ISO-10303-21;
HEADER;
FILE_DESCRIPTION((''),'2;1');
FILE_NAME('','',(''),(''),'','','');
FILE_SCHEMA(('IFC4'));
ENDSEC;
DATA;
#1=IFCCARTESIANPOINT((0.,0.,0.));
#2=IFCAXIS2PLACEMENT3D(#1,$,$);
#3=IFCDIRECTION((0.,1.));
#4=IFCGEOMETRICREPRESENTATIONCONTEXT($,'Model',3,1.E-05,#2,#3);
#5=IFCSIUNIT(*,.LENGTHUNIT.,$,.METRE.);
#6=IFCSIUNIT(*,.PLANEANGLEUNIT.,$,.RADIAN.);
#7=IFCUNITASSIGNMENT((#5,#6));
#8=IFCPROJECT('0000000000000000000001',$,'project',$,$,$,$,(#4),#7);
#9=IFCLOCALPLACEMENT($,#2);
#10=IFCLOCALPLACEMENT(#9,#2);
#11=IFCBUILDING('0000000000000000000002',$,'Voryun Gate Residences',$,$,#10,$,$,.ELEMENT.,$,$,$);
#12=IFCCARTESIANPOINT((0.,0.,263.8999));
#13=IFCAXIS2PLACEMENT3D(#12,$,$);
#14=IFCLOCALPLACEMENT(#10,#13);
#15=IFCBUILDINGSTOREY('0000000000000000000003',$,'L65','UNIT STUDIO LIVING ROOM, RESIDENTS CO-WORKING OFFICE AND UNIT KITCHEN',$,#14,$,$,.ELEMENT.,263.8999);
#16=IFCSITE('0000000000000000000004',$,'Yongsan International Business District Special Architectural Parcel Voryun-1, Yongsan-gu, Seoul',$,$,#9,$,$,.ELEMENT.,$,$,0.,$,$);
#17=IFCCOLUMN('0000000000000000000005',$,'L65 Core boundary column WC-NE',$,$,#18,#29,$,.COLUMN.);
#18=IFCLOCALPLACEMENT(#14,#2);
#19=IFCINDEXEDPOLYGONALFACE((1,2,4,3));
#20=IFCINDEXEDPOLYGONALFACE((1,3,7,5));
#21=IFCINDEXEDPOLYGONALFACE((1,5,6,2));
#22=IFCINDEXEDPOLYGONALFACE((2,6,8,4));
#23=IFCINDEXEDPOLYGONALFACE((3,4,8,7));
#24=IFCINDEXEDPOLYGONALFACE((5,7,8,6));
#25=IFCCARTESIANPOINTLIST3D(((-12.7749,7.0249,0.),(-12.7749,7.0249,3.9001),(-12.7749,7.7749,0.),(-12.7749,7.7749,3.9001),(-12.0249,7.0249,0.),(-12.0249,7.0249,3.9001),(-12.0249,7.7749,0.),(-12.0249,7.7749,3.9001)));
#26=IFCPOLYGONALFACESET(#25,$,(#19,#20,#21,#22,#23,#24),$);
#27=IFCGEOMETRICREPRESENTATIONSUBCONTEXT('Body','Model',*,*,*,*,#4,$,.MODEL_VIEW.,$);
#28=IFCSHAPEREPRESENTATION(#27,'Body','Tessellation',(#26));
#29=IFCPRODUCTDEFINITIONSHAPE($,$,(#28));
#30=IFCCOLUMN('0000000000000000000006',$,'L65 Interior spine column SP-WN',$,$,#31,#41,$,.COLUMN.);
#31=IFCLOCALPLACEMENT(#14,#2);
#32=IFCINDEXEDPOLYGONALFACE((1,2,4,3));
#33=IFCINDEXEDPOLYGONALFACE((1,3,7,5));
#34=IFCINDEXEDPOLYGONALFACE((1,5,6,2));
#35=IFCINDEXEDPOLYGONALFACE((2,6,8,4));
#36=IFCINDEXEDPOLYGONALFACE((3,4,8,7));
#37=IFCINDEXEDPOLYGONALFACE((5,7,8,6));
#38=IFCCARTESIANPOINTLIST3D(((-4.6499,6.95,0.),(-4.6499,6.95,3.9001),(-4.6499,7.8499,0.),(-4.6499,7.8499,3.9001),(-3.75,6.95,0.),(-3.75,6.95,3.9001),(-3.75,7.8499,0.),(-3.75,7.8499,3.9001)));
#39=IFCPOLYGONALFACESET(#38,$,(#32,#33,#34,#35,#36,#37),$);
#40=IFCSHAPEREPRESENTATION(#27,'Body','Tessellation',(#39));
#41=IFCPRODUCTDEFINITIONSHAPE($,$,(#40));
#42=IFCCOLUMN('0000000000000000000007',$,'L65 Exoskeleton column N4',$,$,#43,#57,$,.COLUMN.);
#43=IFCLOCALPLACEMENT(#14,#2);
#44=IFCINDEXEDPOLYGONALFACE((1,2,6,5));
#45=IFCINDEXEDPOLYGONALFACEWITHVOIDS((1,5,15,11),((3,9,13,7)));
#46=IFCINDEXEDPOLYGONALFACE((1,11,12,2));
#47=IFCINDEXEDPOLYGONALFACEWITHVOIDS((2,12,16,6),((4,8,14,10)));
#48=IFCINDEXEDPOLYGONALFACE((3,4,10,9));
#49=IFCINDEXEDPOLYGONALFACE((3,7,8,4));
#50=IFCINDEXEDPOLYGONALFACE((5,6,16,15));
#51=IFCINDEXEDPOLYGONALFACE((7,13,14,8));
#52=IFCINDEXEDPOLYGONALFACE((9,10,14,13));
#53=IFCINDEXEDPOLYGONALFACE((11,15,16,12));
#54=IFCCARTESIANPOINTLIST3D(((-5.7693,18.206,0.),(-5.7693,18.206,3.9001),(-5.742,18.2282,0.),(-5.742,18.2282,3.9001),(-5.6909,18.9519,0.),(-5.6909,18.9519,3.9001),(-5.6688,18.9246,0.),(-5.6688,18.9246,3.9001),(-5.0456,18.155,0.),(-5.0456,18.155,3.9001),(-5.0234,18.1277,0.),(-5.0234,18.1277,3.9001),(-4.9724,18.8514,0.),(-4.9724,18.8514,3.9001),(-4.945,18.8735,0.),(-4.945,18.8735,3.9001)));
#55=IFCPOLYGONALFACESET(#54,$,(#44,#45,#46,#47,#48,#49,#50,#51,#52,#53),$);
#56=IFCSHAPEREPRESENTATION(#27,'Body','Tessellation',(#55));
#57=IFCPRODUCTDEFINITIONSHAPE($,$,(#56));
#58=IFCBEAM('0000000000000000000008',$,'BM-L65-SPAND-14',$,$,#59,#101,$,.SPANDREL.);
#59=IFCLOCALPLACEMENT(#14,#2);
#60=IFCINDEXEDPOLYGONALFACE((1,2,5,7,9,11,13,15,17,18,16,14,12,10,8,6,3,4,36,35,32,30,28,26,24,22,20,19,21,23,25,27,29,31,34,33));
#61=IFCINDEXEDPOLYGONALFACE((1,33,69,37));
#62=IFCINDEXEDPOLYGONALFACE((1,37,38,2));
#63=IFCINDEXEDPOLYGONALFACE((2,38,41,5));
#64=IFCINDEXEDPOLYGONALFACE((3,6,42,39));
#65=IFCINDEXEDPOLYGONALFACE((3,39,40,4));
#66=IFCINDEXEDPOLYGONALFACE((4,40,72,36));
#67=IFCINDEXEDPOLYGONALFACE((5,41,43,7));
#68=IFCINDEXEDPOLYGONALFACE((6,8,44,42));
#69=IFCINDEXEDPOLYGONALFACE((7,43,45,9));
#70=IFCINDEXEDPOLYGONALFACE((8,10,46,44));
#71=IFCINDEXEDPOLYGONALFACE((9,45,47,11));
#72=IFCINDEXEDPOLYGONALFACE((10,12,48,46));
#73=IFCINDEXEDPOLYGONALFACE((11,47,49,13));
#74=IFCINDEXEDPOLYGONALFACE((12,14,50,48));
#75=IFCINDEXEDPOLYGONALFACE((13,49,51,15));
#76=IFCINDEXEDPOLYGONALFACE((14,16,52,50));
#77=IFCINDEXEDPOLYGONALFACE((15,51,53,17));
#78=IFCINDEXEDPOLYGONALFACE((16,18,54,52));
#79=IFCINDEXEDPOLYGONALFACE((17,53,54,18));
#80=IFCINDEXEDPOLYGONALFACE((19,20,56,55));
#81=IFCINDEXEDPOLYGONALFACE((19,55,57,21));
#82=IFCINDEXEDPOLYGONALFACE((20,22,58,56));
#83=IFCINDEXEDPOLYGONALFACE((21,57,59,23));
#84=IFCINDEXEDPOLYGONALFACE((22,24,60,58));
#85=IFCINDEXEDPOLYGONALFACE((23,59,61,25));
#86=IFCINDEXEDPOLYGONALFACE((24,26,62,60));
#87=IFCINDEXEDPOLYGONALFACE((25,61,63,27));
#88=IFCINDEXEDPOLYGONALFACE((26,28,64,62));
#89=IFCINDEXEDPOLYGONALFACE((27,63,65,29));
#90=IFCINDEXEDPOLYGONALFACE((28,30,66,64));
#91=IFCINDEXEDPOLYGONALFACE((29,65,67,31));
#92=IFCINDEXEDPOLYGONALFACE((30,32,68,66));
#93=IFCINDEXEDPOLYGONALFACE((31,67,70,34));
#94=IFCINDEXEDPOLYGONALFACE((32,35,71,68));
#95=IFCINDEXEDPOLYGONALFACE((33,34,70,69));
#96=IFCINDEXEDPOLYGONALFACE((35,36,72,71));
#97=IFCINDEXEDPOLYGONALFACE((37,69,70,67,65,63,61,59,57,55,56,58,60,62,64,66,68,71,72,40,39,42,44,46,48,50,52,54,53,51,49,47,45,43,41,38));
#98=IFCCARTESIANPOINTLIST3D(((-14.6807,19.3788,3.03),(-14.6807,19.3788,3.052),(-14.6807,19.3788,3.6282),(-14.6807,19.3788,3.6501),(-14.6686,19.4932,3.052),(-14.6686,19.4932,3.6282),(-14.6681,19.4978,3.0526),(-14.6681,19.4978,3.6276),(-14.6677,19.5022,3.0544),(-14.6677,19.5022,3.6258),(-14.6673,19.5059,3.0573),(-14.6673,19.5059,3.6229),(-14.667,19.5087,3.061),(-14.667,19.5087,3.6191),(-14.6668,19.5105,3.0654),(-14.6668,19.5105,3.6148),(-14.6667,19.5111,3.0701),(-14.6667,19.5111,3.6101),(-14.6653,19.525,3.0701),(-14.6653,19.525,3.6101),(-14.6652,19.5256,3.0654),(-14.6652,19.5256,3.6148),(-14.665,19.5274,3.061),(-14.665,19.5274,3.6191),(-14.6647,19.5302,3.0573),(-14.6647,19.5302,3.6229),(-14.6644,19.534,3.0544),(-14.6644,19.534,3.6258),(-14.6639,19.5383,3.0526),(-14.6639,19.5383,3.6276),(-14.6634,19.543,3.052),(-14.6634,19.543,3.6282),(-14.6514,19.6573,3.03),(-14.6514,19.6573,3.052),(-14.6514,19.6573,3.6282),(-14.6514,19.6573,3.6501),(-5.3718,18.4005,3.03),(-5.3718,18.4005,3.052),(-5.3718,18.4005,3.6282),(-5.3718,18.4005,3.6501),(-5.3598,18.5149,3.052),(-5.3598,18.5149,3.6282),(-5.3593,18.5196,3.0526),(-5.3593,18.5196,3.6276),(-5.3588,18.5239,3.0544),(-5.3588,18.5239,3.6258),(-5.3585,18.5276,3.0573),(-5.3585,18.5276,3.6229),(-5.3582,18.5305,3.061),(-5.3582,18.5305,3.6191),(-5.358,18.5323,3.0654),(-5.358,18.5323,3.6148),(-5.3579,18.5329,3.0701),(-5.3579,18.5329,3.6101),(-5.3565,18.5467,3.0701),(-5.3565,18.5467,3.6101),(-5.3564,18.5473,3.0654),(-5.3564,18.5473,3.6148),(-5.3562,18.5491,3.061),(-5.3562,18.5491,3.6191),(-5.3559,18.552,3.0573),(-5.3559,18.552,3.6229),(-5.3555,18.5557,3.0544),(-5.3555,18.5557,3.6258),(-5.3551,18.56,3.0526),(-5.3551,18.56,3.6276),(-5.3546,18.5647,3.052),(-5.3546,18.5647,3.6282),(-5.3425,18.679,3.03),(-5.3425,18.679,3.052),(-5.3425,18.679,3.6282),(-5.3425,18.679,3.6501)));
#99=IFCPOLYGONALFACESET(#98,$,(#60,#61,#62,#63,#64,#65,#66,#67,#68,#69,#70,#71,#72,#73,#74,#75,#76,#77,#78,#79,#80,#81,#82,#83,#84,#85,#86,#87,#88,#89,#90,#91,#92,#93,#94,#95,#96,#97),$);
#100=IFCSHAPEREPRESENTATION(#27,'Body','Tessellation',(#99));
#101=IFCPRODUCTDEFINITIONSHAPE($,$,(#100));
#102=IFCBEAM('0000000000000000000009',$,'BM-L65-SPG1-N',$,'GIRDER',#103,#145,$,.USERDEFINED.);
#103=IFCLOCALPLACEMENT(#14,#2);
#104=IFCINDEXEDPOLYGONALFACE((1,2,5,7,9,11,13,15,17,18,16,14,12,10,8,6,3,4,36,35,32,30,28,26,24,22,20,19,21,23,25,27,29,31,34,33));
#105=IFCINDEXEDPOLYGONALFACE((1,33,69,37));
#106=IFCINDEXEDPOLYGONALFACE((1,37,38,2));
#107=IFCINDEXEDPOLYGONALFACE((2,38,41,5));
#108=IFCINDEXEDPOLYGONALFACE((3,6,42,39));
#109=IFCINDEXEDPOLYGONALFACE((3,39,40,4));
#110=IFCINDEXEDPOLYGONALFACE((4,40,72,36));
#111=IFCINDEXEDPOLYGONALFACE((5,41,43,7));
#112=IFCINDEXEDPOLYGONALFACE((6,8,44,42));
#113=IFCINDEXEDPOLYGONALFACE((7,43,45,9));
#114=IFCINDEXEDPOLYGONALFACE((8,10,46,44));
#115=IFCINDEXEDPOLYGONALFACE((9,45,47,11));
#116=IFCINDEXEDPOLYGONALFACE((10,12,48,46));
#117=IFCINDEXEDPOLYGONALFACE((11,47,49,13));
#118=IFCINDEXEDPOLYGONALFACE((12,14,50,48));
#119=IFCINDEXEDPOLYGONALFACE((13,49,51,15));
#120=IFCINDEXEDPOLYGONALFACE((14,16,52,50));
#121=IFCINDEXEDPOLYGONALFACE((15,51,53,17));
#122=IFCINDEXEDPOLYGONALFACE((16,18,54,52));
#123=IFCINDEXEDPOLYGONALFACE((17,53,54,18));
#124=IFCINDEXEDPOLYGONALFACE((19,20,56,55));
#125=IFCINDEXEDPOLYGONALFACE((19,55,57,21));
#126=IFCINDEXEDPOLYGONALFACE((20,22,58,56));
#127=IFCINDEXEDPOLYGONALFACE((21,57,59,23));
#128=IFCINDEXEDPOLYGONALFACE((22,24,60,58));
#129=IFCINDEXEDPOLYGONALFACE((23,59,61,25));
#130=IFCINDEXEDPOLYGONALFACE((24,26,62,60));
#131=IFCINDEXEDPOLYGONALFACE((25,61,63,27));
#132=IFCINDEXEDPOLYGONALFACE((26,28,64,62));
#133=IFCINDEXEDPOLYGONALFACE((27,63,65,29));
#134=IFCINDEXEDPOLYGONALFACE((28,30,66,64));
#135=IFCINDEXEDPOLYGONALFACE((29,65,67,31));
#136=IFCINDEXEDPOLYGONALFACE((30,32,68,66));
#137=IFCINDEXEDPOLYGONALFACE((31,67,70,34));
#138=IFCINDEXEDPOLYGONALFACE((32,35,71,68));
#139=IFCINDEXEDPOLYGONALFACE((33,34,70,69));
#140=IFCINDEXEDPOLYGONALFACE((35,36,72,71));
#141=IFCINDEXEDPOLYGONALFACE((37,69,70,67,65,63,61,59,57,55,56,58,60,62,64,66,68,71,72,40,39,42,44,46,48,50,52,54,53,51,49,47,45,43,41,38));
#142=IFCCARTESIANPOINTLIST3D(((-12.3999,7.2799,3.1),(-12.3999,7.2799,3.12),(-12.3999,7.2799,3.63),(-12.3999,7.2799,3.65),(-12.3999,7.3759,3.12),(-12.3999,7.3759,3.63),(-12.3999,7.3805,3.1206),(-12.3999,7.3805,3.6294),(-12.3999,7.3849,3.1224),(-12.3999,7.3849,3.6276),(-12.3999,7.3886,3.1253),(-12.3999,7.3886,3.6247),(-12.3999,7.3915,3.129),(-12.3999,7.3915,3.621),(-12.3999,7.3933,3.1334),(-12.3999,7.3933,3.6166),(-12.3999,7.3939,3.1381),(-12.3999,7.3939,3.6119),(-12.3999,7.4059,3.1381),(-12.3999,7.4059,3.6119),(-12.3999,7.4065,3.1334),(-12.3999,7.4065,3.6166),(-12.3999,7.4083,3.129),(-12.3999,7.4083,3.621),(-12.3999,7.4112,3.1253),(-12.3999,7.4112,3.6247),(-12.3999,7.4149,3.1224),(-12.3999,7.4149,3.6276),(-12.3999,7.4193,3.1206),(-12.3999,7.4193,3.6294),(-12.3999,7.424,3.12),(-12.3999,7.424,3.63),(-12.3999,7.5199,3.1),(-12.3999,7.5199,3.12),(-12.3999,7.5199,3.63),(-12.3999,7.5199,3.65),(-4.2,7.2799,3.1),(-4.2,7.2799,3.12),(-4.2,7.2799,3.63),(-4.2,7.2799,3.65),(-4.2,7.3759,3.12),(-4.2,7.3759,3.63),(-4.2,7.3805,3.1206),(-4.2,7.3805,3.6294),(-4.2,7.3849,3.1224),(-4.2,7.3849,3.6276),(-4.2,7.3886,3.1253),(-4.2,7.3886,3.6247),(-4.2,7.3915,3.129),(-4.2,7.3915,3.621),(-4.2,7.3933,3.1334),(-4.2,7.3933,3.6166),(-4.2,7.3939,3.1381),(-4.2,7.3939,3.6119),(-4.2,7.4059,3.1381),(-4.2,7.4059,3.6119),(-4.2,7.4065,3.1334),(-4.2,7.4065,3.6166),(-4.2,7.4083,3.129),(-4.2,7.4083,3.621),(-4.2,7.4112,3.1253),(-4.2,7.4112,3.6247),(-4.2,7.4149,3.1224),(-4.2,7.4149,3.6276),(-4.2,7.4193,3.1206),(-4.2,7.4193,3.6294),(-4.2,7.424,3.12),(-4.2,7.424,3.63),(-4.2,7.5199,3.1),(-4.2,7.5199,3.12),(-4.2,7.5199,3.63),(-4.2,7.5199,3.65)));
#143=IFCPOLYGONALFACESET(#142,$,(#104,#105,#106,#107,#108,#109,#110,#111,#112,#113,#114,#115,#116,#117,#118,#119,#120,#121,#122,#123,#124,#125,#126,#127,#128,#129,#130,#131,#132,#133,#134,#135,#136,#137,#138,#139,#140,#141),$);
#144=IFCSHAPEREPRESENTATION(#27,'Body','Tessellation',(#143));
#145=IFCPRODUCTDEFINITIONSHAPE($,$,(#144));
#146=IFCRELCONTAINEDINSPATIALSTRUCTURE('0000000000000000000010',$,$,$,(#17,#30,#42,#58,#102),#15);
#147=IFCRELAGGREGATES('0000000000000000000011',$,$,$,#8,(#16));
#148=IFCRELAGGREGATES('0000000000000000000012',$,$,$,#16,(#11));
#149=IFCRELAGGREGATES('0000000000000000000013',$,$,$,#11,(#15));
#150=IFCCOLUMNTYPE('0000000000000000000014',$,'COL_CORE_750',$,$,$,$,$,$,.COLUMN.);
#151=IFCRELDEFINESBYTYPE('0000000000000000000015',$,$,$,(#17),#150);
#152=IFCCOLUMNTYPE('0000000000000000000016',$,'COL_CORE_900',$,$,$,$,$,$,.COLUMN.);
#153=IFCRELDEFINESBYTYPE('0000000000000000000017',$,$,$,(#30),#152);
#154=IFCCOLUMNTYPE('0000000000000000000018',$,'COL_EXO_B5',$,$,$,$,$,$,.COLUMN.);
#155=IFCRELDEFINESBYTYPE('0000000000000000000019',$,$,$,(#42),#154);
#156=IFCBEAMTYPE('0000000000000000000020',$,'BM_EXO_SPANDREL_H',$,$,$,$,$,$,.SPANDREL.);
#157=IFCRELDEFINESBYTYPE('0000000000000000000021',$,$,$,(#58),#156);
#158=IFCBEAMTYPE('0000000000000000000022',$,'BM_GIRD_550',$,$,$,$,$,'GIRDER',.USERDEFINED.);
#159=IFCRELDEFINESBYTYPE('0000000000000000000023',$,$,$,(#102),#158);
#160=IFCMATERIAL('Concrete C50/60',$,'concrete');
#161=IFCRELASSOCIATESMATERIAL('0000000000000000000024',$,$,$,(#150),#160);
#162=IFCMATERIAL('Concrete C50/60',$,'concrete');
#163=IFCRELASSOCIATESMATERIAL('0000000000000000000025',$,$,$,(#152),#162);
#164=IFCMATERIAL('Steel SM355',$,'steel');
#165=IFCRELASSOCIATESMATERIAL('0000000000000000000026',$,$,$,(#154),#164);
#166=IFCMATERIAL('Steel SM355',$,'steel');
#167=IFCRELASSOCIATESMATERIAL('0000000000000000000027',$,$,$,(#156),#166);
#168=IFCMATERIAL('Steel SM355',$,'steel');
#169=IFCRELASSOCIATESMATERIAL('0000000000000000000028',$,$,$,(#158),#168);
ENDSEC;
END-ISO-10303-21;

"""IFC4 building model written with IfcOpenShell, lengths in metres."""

from ifc_helpers import new_model, si_unit, direction, frame, origin, origin_2d, place, context, subcontext, project, spatial, rectangle, hollow_rectangle, i_section, extrude, material, material_profile, profile_set, type_object, element, save


model = new_model("IFC4")

# Units and contexts
model_context = context("Model", 3, precision=1e-05, world=origin(), true_north=direction((0.0, 1.0)))
body_context = subcontext(model_context, "Body", "Model", "MODEL_VIEW")
ifc_project = project(units=[si_unit("LENGTHUNIT", "METRE"), si_unit("PLANEANGLEUNIT", "RADIAN")], contexts=[model_context])

# Site, building, storey
site_placement = place(None, origin())
site = spatial("IfcSite", under=ifc_project, at=site_placement, Name="Yongsan International Business District Special Architectural Parcel Voryun-1, Yongsan-gu, Seoul", CompositionType="ELEMENT", RefElevation=0.0)
building_placement = place(site_placement, origin())
building = spatial("IfcBuilding", under=site, at=building_placement, Name="Voryun Gate Residences", CompositionType="ELEMENT")
storey_placement = place(building_placement, frame((0.0, 0.0, 263.8999)))
storey = spatial("IfcBuildingStorey", under=building, at=storey_placement, Name="L65", Description="UNIT STUDIO LIVING ROOM, RESIDENTS CO-WORKING OFFICE AND UNIT KITCHEN", CompositionType="ELEMENT", Elevation=263.8999)

# Columns
ifc_material_1 = material(Name="Concrete C50/60", Category="concrete")
ifc_material_profile_1 = material_profile(ifc_material_1, rectangle(XDim=0.75, YDim=0.75, at=origin_2d()), Name="RC-750x750")
ifc_profile_set_1 = profile_set([ifc_material_profile_1], Name="Concrete C50/60")
column_type_1 = type_object("IfcColumnType", Name="COL_CORE_750", PredefinedType="COLUMN", material=ifc_profile_set_1)
column_1_placement = place(storey_placement, frame((-12.3999, 7.3999, 0.0), z_axis=(0.0, 0.0, 1.0), x_axis=(1.0, 0.0, 0.0)))
element("IfcColumn", 1, at=column_1_placement, inside=storey, type_object=column_type_1, Name="L65 Core boundary column WC-NE", PredefinedType="COLUMN", context=body_context, shape_type="SweptSolid", body=[
    extrude(rectangle(XDim=0.75, YDim=0.75, at=origin_2d()), origin(), (0.0, 0.0, 1.0), 3.9001),
])
ifc_material_2 = material(Name="Concrete C50/60", Category="concrete")
ifc_material_profile_2 = material_profile(ifc_material_2, rectangle(XDim=0.8999, YDim=0.8999, at=origin_2d()), Name="RC-900x900")
ifc_profile_set_2 = profile_set([ifc_material_profile_2], Name="Concrete C50/60")
column_type_2 = type_object("IfcColumnType", Name="COL_CORE_900", PredefinedType="COLUMN", material=ifc_profile_set_2)
column_2_placement = place(storey_placement, frame((-4.2, 7.3999, 0.0), z_axis=(0.0, 0.0, 1.0), x_axis=(1.0, 0.0, 0.0)))
element("IfcColumn", 2, at=column_2_placement, inside=storey, type_object=column_type_2, Name="L65 Interior spine column SP-WN", PredefinedType="COLUMN", context=body_context, shape_type="SweptSolid", body=[
    extrude(rectangle(XDim=0.8999, YDim=0.8999, at=origin_2d()), origin(), (0.0, 0.0, 1.0), 3.9001),
])
ifc_material_3 = material(Name="Steel SM355", Category="steel")
ifc_material_profile_3 = material_profile(ifc_material_3, hollow_rectangle(XDim=0.75, YDim=0.75, WallThickness=0.0249, at=origin_2d()), Name="BOX-750x750x25")
ifc_profile_set_3 = profile_set([ifc_material_profile_3], Name="Steel SM355")
column_type_3 = type_object("IfcColumnType", Name="COL_EXO_B5", PredefinedType="COLUMN", material=ifc_profile_set_3)
column_3_placement = place(storey_placement, frame((-5.3572, 18.5398, 0.0), z_axis=(0.0, 0.0, 1.0), x_axis=(0.994522, -0.104528, 0.0)))
element("IfcColumn", 3, at=column_3_placement, inside=storey, type_object=column_type_3, Name="L65 Exoskeleton column N4", PredefinedType="COLUMN", context=body_context, shape_type="SweptSolid", body=[
    extrude(hollow_rectangle(XDim=0.75, YDim=0.75, WallThickness=0.0249, at=origin_2d()), origin(), (0.0, 0.0, 1.0), 3.9001),
])

# Beams
ifc_material_4 = material(Name="Steel SM355", Category="steel")
ifc_material_profile_4 = material_profile(ifc_material_4, i_section(OverallWidth=0.28, OverallDepth=0.6201, WebThickness=0.0139, FlangeThickness=0.022, FilletRadius=0.0181, at=origin_2d()), Name="H-620x280x14x22")
ifc_profile_set_4 = profile_set([ifc_material_profile_4], Name="Steel SM355")
beam_type_1 = type_object("IfcBeamType", Name="BM_EXO_SPANDREL_H", PredefinedType="SPANDREL", material=ifc_profile_set_4)
beam_1_placement = place(storey_placement, frame((-5.3572, 18.5398, 3.3401), z_axis=(-0.994523, 0.104515, 0.0), x_axis=(-0.104515, -0.994523, 0.0)))
element("IfcBeam", 4, at=beam_1_placement, inside=storey, type_object=beam_type_1, Name="BM-L65-SPAND-14", PredefinedType="SPANDREL", context=body_context, shape_type="SweptSolid", body=[
    extrude(i_section(OverallWidth=0.28, OverallDepth=0.6201, WebThickness=0.0139, FlangeThickness=0.022, FilletRadius=0.0181, at=origin_2d()), origin(), (0.0, 0.0, 1.0), 9.3601),
])
ifc_material_5 = material(Name="Steel SM355", Category="steel")
ifc_material_profile_5 = material_profile(ifc_material_5, i_section(OverallWidth=0.24, OverallDepth=0.55, WebThickness=0.012, FlangeThickness=0.02, FilletRadius=0.0181, at=origin_2d()), Name="H-550x240x12x20")
ifc_profile_set_5 = profile_set([ifc_material_profile_5], Name="Steel SM355")
beam_type_2 = type_object("IfcBeamType", Name="BM_GIRD_550", ElementType="GIRDER", PredefinedType="USERDEFINED", material=ifc_profile_set_5)
beam_2_placement = place(storey_placement, frame((-12.3999, 7.3999, 3.375), z_axis=(1.0, 0.0, 0.0), x_axis=(0.0, 1.0, 0.0)))
element("IfcBeam", 5, at=beam_2_placement, inside=storey, type_object=beam_type_2, Name="BM-L65-SPG1-N", ObjectType="GIRDER", PredefinedType="USERDEFINED", context=body_context, shape_type="SweptSolid", body=[
    extrude(i_section(OverallWidth=0.24, OverallDepth=0.55, WebThickness=0.012, FlangeThickness=0.02, FilletRadius=0.0181, at=origin_2d()), origin(), (0.0, 0.0, 1.0), 8.2),
])

save(model, "model.ifc")
